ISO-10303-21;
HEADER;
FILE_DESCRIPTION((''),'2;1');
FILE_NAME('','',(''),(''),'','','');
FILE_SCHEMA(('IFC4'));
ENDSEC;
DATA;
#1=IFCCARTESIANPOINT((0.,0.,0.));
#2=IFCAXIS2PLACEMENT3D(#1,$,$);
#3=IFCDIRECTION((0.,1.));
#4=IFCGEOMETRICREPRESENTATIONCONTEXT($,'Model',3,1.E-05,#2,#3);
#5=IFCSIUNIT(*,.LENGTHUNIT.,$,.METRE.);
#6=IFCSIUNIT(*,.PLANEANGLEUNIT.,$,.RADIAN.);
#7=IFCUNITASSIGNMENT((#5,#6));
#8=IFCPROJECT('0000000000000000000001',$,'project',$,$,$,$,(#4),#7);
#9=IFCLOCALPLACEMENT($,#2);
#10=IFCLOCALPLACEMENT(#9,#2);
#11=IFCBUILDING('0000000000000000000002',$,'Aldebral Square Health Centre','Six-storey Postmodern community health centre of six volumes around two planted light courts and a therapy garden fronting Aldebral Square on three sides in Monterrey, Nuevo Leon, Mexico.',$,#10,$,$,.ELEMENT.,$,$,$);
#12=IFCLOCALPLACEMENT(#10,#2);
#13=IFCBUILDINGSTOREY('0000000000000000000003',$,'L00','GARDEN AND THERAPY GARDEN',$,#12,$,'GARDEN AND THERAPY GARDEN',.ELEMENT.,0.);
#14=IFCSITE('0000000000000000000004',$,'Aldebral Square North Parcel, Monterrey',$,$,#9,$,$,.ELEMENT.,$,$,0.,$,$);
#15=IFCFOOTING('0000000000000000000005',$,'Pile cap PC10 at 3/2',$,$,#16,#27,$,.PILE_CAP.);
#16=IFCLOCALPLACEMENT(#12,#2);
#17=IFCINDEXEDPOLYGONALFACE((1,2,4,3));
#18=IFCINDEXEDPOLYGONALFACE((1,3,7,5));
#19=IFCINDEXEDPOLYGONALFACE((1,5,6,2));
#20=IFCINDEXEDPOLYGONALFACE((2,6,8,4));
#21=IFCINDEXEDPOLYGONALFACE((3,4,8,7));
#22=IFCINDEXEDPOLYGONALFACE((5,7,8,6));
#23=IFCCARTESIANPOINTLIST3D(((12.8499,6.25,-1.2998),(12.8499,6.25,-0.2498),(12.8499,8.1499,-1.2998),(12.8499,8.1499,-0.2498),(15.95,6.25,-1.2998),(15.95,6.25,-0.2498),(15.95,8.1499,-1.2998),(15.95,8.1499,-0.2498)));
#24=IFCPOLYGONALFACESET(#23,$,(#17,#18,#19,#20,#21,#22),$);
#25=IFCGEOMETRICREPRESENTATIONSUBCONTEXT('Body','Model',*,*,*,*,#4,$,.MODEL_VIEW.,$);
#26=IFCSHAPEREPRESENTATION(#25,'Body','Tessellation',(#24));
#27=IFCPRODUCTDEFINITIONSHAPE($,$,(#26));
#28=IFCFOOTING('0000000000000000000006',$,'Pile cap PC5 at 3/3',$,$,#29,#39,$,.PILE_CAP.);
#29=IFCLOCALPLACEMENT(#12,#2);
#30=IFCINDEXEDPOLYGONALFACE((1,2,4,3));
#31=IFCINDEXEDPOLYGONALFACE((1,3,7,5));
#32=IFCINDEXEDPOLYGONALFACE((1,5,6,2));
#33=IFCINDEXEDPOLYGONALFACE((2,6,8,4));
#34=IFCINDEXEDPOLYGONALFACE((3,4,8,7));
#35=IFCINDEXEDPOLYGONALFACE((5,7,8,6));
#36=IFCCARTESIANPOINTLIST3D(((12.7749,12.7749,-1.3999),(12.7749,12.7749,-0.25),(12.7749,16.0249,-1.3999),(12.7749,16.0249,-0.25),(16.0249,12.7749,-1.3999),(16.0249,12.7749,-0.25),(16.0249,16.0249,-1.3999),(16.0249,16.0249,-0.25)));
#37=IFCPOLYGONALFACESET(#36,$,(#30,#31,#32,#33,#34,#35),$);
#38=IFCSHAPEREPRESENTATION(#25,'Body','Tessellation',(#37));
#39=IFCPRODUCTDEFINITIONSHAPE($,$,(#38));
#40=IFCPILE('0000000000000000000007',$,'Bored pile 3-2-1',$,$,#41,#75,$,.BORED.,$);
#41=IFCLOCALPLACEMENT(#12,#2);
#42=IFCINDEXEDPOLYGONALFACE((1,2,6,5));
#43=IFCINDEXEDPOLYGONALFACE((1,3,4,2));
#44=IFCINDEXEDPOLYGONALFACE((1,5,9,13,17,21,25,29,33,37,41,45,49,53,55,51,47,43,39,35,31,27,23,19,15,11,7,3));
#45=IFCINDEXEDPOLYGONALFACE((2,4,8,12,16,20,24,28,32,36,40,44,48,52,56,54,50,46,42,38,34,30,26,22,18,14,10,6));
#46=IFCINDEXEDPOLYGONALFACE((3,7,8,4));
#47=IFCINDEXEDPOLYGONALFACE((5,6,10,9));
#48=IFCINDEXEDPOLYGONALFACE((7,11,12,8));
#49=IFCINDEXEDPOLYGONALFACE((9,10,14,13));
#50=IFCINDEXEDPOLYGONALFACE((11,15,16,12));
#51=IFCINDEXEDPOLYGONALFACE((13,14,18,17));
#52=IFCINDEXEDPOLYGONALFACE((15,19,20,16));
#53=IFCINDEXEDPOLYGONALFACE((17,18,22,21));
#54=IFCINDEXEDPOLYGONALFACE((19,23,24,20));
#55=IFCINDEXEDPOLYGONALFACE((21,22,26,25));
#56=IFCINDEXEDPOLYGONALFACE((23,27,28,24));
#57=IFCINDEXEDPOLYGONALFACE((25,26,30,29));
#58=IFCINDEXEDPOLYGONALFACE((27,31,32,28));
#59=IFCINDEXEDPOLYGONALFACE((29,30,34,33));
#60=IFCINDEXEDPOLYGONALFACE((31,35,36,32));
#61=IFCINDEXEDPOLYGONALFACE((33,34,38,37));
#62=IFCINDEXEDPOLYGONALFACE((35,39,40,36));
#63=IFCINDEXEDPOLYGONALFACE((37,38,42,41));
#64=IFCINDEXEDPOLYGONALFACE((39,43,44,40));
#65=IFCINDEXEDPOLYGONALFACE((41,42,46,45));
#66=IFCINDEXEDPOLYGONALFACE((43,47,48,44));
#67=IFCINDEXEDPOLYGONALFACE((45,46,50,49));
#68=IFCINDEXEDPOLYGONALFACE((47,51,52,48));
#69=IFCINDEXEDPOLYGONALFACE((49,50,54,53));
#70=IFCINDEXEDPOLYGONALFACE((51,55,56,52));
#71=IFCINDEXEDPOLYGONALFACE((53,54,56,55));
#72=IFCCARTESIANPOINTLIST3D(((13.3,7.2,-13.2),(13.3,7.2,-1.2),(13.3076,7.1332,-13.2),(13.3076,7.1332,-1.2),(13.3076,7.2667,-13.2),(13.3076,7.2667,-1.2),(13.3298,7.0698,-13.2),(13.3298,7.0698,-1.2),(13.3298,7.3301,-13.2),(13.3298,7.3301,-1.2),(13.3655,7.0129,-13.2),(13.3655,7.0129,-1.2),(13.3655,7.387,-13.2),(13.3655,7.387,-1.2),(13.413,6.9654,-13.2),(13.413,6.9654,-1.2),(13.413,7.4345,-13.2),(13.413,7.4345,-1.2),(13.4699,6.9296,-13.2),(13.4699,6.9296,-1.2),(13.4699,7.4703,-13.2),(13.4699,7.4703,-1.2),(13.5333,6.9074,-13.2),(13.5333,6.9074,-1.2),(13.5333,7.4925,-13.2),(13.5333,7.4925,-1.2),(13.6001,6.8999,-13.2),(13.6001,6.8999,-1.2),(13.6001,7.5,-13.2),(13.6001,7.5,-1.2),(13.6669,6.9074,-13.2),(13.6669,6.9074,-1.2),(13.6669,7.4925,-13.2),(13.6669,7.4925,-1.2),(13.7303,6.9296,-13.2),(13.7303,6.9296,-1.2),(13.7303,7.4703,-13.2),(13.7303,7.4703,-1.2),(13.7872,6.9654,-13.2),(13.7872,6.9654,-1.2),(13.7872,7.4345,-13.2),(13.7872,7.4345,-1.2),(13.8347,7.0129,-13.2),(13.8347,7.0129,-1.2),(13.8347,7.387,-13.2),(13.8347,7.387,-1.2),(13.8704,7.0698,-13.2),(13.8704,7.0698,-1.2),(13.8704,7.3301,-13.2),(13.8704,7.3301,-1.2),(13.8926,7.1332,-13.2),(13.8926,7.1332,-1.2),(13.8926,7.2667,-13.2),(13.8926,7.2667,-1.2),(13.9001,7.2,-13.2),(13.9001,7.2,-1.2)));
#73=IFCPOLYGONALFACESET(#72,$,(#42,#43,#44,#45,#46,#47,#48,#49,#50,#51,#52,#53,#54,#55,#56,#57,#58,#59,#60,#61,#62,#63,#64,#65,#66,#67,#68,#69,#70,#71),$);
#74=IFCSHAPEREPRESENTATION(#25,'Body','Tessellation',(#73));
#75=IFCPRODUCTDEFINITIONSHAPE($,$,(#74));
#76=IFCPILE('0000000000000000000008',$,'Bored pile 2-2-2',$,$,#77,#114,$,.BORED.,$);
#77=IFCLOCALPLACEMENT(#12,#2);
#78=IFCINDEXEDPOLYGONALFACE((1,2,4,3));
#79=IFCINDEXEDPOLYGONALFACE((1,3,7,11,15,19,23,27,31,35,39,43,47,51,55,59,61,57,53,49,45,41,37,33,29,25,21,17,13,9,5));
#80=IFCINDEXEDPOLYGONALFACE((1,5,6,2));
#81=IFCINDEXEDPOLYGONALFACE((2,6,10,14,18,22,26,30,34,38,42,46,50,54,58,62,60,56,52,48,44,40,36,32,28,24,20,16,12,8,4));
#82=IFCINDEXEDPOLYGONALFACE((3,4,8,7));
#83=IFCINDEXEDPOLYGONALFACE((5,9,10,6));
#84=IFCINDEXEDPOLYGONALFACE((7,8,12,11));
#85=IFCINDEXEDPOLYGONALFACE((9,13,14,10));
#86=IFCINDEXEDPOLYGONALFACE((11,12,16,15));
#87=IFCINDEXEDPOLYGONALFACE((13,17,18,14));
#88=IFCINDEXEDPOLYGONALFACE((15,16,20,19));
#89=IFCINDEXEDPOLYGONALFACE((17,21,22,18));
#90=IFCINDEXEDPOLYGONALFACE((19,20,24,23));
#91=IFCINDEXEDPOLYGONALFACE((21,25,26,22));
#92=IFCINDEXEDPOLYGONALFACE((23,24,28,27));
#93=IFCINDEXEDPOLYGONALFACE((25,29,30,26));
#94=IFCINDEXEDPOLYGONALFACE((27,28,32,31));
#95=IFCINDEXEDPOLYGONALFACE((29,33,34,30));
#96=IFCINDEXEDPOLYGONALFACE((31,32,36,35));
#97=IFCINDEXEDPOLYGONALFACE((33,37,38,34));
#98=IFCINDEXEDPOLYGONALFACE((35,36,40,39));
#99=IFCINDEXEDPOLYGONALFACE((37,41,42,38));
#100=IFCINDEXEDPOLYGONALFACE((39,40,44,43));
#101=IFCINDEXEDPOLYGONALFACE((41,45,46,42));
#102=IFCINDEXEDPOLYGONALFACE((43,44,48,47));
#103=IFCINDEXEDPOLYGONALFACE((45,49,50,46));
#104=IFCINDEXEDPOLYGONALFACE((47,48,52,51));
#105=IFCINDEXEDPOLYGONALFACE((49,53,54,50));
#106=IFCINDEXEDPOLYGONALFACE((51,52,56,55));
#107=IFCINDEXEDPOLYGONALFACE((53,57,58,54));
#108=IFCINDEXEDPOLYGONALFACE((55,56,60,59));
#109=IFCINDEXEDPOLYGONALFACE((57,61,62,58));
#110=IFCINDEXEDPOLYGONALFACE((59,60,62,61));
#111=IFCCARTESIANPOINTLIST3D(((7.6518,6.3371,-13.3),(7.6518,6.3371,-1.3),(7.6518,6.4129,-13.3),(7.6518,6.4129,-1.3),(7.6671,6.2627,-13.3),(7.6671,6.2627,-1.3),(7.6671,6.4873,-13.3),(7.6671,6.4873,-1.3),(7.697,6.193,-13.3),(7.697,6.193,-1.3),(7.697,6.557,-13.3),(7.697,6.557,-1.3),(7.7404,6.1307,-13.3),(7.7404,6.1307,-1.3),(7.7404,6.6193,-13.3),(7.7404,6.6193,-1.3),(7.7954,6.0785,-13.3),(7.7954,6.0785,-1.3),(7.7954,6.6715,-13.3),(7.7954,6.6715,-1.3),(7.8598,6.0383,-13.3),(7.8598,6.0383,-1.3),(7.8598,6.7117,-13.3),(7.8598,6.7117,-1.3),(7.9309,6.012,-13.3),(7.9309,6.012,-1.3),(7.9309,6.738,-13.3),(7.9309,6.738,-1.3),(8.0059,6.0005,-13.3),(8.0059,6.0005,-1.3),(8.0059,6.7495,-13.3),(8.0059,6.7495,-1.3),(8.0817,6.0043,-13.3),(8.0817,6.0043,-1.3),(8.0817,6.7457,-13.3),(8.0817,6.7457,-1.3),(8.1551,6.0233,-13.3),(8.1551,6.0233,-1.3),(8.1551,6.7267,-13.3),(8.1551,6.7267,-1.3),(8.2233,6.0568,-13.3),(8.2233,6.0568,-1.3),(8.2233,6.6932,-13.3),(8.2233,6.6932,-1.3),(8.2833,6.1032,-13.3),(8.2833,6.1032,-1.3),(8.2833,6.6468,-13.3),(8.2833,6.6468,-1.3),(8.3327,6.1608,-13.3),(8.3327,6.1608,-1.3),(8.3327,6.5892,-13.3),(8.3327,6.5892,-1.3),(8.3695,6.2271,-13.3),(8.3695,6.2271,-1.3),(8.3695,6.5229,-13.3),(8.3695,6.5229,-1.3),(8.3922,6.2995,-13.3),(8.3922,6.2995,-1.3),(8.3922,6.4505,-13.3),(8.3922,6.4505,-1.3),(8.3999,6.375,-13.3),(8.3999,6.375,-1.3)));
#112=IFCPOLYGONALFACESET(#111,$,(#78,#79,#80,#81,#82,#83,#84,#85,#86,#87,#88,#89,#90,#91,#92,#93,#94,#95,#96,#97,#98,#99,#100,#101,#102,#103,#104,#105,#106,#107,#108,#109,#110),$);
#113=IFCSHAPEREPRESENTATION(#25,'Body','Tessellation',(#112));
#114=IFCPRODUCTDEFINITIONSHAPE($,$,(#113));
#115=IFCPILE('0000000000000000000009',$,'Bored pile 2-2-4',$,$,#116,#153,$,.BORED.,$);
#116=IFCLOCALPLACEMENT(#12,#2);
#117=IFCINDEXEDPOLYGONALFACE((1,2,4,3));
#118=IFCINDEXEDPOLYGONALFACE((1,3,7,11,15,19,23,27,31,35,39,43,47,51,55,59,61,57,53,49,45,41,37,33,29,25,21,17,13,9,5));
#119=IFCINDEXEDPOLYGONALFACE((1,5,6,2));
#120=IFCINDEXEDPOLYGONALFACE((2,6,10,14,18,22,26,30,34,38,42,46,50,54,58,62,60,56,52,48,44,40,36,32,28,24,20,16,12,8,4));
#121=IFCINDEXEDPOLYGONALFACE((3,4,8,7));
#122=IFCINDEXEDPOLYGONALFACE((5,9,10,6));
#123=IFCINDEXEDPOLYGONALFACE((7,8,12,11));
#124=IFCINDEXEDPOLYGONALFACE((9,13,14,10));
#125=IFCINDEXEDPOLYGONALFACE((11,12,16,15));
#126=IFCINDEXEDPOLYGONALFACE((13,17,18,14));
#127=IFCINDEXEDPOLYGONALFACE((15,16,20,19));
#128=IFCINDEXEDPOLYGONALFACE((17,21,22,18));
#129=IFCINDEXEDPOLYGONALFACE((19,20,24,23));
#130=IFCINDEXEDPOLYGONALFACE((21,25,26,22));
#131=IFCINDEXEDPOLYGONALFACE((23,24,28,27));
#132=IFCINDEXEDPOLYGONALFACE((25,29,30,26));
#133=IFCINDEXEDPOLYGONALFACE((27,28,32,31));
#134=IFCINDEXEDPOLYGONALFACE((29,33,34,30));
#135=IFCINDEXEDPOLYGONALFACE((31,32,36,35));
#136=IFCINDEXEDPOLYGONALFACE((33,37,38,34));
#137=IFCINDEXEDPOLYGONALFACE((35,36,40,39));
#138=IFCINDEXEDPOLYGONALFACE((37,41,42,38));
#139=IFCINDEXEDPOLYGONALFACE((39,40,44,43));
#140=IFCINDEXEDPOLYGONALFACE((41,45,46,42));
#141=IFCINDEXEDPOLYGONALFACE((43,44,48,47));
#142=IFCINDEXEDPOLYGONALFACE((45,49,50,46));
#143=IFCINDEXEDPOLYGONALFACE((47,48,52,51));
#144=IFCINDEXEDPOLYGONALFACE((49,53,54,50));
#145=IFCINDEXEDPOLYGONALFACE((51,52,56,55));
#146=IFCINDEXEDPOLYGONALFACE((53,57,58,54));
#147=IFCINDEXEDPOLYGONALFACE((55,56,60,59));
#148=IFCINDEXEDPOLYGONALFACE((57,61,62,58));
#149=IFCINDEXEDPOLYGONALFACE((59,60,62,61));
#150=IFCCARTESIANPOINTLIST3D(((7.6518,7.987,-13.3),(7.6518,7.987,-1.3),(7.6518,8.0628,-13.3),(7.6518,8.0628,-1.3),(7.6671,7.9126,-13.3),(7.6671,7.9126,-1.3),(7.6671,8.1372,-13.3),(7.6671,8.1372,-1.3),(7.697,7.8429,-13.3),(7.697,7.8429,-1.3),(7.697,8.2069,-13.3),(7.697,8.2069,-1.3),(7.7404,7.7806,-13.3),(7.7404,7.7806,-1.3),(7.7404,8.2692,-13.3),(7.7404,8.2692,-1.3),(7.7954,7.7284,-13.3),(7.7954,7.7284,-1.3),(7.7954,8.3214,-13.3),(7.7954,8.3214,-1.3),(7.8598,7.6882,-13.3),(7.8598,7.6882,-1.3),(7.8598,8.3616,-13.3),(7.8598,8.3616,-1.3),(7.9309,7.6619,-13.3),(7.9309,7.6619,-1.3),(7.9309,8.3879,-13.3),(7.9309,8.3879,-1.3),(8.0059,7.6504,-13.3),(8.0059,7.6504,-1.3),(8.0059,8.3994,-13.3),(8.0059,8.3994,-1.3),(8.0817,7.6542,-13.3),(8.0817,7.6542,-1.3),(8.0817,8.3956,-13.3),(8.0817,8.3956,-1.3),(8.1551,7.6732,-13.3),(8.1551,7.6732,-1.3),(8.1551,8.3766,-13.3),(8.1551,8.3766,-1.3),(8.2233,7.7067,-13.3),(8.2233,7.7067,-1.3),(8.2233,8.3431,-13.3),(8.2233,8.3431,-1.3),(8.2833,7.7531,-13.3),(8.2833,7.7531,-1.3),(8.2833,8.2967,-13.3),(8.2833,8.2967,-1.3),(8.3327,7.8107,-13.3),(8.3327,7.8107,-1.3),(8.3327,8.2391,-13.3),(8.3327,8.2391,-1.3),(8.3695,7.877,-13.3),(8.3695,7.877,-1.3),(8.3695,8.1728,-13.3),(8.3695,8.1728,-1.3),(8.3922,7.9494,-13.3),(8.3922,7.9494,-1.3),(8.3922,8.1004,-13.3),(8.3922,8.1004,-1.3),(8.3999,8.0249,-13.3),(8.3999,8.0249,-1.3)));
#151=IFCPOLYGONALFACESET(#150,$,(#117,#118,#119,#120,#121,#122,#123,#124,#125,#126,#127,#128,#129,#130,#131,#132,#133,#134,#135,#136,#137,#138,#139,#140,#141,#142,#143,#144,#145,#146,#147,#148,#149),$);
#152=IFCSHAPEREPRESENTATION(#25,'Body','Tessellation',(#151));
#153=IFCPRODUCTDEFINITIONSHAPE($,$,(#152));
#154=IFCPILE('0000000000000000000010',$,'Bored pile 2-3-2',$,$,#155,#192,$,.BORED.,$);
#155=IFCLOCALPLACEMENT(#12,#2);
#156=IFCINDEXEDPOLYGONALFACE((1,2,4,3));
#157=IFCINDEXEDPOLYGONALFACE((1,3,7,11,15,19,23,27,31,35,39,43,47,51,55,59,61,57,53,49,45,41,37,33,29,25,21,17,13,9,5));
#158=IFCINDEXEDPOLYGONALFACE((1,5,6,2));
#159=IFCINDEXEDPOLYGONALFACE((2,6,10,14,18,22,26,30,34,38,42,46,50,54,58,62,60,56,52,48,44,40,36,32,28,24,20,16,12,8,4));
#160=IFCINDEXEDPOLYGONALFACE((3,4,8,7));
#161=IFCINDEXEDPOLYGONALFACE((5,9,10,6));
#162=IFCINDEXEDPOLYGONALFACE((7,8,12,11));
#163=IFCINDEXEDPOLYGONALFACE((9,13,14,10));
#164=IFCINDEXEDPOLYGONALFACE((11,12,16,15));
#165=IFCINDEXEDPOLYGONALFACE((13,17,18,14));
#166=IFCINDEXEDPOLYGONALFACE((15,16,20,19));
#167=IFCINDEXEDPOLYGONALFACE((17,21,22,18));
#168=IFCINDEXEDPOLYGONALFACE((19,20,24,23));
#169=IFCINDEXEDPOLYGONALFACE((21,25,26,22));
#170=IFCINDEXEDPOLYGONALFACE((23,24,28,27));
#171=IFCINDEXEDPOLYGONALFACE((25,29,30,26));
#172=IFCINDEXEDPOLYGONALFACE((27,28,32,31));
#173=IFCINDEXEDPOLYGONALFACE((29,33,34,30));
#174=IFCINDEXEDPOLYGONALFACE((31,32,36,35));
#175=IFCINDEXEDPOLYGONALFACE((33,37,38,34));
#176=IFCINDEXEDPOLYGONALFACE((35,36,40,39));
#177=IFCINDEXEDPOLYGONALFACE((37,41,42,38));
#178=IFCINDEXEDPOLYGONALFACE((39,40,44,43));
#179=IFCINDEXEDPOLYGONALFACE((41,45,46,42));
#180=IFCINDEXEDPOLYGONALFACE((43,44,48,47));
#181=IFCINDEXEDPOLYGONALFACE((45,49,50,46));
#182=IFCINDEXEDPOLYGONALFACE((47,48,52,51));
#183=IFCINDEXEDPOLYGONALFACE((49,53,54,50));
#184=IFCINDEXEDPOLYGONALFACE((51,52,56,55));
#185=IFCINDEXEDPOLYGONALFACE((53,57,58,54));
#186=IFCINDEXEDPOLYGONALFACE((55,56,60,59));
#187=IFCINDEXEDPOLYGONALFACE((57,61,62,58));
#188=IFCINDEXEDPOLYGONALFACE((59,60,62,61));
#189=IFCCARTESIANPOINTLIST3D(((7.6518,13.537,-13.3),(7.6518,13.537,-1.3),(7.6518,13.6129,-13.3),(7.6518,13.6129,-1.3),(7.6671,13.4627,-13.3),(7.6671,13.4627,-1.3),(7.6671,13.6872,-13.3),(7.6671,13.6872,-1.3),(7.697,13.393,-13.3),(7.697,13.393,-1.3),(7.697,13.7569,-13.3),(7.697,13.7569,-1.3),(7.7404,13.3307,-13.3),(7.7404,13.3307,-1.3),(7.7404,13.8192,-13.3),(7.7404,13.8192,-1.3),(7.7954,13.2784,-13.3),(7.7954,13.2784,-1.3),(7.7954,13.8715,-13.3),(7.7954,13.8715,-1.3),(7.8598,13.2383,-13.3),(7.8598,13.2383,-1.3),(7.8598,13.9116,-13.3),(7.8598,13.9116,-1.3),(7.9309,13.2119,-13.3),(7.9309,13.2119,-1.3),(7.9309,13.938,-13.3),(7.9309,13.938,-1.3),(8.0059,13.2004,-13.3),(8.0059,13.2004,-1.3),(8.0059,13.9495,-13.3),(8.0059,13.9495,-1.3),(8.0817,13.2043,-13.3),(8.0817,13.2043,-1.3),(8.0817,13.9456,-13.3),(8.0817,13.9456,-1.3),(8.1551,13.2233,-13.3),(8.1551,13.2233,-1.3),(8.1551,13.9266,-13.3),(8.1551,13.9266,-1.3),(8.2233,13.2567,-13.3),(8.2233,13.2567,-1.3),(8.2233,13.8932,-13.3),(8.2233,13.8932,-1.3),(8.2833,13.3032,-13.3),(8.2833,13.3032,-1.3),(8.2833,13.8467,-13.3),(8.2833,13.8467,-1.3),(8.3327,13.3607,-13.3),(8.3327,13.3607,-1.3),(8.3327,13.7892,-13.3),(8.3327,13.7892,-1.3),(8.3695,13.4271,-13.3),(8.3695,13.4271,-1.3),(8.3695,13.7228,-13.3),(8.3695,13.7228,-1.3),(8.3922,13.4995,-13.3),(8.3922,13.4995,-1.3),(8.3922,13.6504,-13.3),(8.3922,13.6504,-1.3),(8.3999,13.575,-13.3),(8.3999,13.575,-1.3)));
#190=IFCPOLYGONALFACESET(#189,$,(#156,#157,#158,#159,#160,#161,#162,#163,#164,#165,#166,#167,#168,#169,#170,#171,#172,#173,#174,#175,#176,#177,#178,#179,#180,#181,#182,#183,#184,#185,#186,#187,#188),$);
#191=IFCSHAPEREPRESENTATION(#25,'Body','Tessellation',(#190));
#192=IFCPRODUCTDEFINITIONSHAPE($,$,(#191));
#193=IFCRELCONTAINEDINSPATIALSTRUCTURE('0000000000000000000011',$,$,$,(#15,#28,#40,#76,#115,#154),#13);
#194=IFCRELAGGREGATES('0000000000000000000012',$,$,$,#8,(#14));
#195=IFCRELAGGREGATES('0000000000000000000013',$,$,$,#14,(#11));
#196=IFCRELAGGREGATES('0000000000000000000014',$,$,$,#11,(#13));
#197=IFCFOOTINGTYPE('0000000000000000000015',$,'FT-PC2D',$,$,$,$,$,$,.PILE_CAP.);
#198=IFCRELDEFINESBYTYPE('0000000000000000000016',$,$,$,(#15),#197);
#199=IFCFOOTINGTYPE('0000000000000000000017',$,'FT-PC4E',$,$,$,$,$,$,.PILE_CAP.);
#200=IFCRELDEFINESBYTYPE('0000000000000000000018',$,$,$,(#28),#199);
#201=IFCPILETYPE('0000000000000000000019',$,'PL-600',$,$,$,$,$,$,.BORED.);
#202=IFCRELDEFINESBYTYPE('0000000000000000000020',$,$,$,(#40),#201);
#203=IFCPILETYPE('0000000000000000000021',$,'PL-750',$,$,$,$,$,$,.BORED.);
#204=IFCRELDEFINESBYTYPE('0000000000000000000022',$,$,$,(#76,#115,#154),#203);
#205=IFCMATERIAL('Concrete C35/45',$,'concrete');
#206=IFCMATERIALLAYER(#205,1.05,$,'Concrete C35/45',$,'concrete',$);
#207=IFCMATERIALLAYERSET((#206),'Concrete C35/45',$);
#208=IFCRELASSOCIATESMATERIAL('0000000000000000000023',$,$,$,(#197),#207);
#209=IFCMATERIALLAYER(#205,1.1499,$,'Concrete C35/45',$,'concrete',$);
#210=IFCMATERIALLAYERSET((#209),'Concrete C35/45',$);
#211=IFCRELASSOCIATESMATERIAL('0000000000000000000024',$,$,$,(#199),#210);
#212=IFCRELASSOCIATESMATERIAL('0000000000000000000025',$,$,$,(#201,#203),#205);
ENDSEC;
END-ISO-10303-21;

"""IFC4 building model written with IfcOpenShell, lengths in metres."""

from ifc_helpers import new_model, si_unit, direction, frame, origin, origin_2d, place, context, subcontext, project, spatial, rectangle, circle, extrude, material, layer, layer_set, material_profile, profile_set, type_object, element, save


model = new_model("IFC4")

# Units and contexts
model_context = context("Model", 3, precision=1e-05, world=origin(), true_north=direction((0.0, 1.0)))
body_context = subcontext(model_context, "Body", "Model", "MODEL_VIEW")
ifc_project = project(units=[si_unit("LENGTHUNIT", "METRE"), si_unit("PLANEANGLEUNIT", "RADIAN")], contexts=[model_context])

# Site, building, storey
site_placement = place(None, origin())
site = spatial("IfcSite", under=ifc_project, at=site_placement, Name="Aldebral Square North Parcel, Monterrey", CompositionType="ELEMENT", RefElevation=0.0)
building_placement = place(site_placement, origin())
building = spatial("IfcBuilding", under=site, at=building_placement, Name="Aldebral Square Health Centre", Description="Six-storey Postmodern community health centre of six volumes around two planted light courts and a therapy garden fronting Aldebral Square on three sides in Monterrey, Nuevo Leon, Mexico.", CompositionType="ELEMENT")
storey_placement = place(building_placement, origin())
storey = spatial("IfcBuildingStorey", under=building, at=storey_placement, Name="L00", Description="GARDEN AND THERAPY GARDEN", LongName="GARDEN AND THERAPY GARDEN", CompositionType="ELEMENT", Elevation=0.0)

# Footings
ifc_material_1 = material(Name="Concrete C35/45", Category="concrete")
ifc_layer_1 = layer(ifc_material_1, 1.05, Name="Concrete C35/45", Category="concrete")
ifc_layer_set_1 = layer_set([ifc_layer_1], Name="Concrete C35/45")
footing_type_1 = type_object("IfcFootingType", Name="FT-PC2D", PredefinedType="PILE_CAP", material=ifc_layer_set_1)
footing_1_placement = place(storey_placement, frame((14.3999, 7.2, -1.2998), z_axis=(0.0, 0.0, 1.0), x_axis=(1.0, 0.0, 0.0)))
element("IfcFooting", 1, at=footing_1_placement, inside=storey, type_object=footing_type_1, Name="Pile cap PC10 at 3/2", PredefinedType="PILE_CAP", context=body_context, shape_type="SweptSolid", body=[
    extrude(rectangle(XDim=3.1001, YDim=1.8999, at=origin_2d()), origin(), (0.0, 0.0, 1.0), 1.05),
])
ifc_layer_2 = layer(ifc_material_1, 1.1499, Name="Concrete C35/45", Category="concrete")
ifc_layer_set_2 = layer_set([ifc_layer_2], Name="Concrete C35/45")
footing_type_2 = type_object("IfcFootingType", Name="FT-PC4E", PredefinedType="PILE_CAP", material=ifc_layer_set_2)
footing_2_placement = place(storey_placement, frame((14.3999, 14.3999, -1.3999), z_axis=(0.0, 0.0, 1.0), x_axis=(1.0, 0.0, 0.0)))
element("IfcFooting", 2, at=footing_2_placement, inside=storey, type_object=footing_type_2, Name="Pile cap PC5 at 3/3", PredefinedType="PILE_CAP", context=body_context, shape_type="SweptSolid", body=[
    extrude(rectangle(XDim=3.25, YDim=3.25, at=origin_2d()), origin(), (0.0, 0.0, 1.0), 1.1499),
])

# Piles
ifc_material_profile_1 = material_profile(ifc_material_1, circle(Radius=0.3, at=origin_2d()), Name="PILE D600")
ifc_profile_set_1 = profile_set([ifc_material_profile_1], Name="Concrete C35/45")
pile_type_1 = type_object("IfcPileType", Name="PL-600", PredefinedType="BORED", material=ifc_profile_set_1)
pile_placement = place(storey_placement, frame((13.6001, 7.2, -1.2), z_axis=(0.0, 0.0, -1.0), x_axis=(1.0, 0.0, 0.0)))
element("IfcPile", 3, at=pile_placement, inside=storey, type_object=pile_type_1, Name="Bored pile 3-2-1", PredefinedType="BORED", context=body_context, shape_type="SweptSolid", body=[
    extrude(circle(Radius=0.3, at=origin_2d()), origin(), (0.0, 0.0, 1.0), 12.0),
])
ifc_material_profile_2 = material_profile(ifc_material_1, circle(Radius=0.375, at=origin_2d()), Name="PILE D750")
ifc_profile_set_2 = profile_set([ifc_material_profile_2], Name="Concrete C35/45")
pile_type_2 = type_object("IfcPileType", Name="PL-750", PredefinedType="BORED", material=ifc_profile_set_2)
for number, where, z_axis, x_axis, name in (
    (4, (8.0249, 6.375, -1.3), (0.0, 0.0, -1.0), (1.0, 0.0, 0.0), "Bored pile 2-2-2"),
    (5, (8.0249, 8.0249, -1.3), (0.0, 0.0, -1.0), (1.0, 0.0, 0.0), "Bored pile 2-2-4"),
    (6, (8.0249, 13.575, -1.3), (0.0, 0.0, -1.0), (1.0, 0.0, 0.0), "Bored pile 2-3-2"),
):
    element("IfcPile", number, at=place(storey_placement, frame(where, z_axis=z_axis, x_axis=x_axis)), inside=storey, type_object=pile_type_2, Name=name, PredefinedType="BORED", context=body_context, shape_type="SweptSolid", body=[
        extrude(circle(Radius=0.375, at=origin_2d()), origin(), (0.0, 0.0, 1.0), 12.0),
    ])

save(model, "model.ifc")
